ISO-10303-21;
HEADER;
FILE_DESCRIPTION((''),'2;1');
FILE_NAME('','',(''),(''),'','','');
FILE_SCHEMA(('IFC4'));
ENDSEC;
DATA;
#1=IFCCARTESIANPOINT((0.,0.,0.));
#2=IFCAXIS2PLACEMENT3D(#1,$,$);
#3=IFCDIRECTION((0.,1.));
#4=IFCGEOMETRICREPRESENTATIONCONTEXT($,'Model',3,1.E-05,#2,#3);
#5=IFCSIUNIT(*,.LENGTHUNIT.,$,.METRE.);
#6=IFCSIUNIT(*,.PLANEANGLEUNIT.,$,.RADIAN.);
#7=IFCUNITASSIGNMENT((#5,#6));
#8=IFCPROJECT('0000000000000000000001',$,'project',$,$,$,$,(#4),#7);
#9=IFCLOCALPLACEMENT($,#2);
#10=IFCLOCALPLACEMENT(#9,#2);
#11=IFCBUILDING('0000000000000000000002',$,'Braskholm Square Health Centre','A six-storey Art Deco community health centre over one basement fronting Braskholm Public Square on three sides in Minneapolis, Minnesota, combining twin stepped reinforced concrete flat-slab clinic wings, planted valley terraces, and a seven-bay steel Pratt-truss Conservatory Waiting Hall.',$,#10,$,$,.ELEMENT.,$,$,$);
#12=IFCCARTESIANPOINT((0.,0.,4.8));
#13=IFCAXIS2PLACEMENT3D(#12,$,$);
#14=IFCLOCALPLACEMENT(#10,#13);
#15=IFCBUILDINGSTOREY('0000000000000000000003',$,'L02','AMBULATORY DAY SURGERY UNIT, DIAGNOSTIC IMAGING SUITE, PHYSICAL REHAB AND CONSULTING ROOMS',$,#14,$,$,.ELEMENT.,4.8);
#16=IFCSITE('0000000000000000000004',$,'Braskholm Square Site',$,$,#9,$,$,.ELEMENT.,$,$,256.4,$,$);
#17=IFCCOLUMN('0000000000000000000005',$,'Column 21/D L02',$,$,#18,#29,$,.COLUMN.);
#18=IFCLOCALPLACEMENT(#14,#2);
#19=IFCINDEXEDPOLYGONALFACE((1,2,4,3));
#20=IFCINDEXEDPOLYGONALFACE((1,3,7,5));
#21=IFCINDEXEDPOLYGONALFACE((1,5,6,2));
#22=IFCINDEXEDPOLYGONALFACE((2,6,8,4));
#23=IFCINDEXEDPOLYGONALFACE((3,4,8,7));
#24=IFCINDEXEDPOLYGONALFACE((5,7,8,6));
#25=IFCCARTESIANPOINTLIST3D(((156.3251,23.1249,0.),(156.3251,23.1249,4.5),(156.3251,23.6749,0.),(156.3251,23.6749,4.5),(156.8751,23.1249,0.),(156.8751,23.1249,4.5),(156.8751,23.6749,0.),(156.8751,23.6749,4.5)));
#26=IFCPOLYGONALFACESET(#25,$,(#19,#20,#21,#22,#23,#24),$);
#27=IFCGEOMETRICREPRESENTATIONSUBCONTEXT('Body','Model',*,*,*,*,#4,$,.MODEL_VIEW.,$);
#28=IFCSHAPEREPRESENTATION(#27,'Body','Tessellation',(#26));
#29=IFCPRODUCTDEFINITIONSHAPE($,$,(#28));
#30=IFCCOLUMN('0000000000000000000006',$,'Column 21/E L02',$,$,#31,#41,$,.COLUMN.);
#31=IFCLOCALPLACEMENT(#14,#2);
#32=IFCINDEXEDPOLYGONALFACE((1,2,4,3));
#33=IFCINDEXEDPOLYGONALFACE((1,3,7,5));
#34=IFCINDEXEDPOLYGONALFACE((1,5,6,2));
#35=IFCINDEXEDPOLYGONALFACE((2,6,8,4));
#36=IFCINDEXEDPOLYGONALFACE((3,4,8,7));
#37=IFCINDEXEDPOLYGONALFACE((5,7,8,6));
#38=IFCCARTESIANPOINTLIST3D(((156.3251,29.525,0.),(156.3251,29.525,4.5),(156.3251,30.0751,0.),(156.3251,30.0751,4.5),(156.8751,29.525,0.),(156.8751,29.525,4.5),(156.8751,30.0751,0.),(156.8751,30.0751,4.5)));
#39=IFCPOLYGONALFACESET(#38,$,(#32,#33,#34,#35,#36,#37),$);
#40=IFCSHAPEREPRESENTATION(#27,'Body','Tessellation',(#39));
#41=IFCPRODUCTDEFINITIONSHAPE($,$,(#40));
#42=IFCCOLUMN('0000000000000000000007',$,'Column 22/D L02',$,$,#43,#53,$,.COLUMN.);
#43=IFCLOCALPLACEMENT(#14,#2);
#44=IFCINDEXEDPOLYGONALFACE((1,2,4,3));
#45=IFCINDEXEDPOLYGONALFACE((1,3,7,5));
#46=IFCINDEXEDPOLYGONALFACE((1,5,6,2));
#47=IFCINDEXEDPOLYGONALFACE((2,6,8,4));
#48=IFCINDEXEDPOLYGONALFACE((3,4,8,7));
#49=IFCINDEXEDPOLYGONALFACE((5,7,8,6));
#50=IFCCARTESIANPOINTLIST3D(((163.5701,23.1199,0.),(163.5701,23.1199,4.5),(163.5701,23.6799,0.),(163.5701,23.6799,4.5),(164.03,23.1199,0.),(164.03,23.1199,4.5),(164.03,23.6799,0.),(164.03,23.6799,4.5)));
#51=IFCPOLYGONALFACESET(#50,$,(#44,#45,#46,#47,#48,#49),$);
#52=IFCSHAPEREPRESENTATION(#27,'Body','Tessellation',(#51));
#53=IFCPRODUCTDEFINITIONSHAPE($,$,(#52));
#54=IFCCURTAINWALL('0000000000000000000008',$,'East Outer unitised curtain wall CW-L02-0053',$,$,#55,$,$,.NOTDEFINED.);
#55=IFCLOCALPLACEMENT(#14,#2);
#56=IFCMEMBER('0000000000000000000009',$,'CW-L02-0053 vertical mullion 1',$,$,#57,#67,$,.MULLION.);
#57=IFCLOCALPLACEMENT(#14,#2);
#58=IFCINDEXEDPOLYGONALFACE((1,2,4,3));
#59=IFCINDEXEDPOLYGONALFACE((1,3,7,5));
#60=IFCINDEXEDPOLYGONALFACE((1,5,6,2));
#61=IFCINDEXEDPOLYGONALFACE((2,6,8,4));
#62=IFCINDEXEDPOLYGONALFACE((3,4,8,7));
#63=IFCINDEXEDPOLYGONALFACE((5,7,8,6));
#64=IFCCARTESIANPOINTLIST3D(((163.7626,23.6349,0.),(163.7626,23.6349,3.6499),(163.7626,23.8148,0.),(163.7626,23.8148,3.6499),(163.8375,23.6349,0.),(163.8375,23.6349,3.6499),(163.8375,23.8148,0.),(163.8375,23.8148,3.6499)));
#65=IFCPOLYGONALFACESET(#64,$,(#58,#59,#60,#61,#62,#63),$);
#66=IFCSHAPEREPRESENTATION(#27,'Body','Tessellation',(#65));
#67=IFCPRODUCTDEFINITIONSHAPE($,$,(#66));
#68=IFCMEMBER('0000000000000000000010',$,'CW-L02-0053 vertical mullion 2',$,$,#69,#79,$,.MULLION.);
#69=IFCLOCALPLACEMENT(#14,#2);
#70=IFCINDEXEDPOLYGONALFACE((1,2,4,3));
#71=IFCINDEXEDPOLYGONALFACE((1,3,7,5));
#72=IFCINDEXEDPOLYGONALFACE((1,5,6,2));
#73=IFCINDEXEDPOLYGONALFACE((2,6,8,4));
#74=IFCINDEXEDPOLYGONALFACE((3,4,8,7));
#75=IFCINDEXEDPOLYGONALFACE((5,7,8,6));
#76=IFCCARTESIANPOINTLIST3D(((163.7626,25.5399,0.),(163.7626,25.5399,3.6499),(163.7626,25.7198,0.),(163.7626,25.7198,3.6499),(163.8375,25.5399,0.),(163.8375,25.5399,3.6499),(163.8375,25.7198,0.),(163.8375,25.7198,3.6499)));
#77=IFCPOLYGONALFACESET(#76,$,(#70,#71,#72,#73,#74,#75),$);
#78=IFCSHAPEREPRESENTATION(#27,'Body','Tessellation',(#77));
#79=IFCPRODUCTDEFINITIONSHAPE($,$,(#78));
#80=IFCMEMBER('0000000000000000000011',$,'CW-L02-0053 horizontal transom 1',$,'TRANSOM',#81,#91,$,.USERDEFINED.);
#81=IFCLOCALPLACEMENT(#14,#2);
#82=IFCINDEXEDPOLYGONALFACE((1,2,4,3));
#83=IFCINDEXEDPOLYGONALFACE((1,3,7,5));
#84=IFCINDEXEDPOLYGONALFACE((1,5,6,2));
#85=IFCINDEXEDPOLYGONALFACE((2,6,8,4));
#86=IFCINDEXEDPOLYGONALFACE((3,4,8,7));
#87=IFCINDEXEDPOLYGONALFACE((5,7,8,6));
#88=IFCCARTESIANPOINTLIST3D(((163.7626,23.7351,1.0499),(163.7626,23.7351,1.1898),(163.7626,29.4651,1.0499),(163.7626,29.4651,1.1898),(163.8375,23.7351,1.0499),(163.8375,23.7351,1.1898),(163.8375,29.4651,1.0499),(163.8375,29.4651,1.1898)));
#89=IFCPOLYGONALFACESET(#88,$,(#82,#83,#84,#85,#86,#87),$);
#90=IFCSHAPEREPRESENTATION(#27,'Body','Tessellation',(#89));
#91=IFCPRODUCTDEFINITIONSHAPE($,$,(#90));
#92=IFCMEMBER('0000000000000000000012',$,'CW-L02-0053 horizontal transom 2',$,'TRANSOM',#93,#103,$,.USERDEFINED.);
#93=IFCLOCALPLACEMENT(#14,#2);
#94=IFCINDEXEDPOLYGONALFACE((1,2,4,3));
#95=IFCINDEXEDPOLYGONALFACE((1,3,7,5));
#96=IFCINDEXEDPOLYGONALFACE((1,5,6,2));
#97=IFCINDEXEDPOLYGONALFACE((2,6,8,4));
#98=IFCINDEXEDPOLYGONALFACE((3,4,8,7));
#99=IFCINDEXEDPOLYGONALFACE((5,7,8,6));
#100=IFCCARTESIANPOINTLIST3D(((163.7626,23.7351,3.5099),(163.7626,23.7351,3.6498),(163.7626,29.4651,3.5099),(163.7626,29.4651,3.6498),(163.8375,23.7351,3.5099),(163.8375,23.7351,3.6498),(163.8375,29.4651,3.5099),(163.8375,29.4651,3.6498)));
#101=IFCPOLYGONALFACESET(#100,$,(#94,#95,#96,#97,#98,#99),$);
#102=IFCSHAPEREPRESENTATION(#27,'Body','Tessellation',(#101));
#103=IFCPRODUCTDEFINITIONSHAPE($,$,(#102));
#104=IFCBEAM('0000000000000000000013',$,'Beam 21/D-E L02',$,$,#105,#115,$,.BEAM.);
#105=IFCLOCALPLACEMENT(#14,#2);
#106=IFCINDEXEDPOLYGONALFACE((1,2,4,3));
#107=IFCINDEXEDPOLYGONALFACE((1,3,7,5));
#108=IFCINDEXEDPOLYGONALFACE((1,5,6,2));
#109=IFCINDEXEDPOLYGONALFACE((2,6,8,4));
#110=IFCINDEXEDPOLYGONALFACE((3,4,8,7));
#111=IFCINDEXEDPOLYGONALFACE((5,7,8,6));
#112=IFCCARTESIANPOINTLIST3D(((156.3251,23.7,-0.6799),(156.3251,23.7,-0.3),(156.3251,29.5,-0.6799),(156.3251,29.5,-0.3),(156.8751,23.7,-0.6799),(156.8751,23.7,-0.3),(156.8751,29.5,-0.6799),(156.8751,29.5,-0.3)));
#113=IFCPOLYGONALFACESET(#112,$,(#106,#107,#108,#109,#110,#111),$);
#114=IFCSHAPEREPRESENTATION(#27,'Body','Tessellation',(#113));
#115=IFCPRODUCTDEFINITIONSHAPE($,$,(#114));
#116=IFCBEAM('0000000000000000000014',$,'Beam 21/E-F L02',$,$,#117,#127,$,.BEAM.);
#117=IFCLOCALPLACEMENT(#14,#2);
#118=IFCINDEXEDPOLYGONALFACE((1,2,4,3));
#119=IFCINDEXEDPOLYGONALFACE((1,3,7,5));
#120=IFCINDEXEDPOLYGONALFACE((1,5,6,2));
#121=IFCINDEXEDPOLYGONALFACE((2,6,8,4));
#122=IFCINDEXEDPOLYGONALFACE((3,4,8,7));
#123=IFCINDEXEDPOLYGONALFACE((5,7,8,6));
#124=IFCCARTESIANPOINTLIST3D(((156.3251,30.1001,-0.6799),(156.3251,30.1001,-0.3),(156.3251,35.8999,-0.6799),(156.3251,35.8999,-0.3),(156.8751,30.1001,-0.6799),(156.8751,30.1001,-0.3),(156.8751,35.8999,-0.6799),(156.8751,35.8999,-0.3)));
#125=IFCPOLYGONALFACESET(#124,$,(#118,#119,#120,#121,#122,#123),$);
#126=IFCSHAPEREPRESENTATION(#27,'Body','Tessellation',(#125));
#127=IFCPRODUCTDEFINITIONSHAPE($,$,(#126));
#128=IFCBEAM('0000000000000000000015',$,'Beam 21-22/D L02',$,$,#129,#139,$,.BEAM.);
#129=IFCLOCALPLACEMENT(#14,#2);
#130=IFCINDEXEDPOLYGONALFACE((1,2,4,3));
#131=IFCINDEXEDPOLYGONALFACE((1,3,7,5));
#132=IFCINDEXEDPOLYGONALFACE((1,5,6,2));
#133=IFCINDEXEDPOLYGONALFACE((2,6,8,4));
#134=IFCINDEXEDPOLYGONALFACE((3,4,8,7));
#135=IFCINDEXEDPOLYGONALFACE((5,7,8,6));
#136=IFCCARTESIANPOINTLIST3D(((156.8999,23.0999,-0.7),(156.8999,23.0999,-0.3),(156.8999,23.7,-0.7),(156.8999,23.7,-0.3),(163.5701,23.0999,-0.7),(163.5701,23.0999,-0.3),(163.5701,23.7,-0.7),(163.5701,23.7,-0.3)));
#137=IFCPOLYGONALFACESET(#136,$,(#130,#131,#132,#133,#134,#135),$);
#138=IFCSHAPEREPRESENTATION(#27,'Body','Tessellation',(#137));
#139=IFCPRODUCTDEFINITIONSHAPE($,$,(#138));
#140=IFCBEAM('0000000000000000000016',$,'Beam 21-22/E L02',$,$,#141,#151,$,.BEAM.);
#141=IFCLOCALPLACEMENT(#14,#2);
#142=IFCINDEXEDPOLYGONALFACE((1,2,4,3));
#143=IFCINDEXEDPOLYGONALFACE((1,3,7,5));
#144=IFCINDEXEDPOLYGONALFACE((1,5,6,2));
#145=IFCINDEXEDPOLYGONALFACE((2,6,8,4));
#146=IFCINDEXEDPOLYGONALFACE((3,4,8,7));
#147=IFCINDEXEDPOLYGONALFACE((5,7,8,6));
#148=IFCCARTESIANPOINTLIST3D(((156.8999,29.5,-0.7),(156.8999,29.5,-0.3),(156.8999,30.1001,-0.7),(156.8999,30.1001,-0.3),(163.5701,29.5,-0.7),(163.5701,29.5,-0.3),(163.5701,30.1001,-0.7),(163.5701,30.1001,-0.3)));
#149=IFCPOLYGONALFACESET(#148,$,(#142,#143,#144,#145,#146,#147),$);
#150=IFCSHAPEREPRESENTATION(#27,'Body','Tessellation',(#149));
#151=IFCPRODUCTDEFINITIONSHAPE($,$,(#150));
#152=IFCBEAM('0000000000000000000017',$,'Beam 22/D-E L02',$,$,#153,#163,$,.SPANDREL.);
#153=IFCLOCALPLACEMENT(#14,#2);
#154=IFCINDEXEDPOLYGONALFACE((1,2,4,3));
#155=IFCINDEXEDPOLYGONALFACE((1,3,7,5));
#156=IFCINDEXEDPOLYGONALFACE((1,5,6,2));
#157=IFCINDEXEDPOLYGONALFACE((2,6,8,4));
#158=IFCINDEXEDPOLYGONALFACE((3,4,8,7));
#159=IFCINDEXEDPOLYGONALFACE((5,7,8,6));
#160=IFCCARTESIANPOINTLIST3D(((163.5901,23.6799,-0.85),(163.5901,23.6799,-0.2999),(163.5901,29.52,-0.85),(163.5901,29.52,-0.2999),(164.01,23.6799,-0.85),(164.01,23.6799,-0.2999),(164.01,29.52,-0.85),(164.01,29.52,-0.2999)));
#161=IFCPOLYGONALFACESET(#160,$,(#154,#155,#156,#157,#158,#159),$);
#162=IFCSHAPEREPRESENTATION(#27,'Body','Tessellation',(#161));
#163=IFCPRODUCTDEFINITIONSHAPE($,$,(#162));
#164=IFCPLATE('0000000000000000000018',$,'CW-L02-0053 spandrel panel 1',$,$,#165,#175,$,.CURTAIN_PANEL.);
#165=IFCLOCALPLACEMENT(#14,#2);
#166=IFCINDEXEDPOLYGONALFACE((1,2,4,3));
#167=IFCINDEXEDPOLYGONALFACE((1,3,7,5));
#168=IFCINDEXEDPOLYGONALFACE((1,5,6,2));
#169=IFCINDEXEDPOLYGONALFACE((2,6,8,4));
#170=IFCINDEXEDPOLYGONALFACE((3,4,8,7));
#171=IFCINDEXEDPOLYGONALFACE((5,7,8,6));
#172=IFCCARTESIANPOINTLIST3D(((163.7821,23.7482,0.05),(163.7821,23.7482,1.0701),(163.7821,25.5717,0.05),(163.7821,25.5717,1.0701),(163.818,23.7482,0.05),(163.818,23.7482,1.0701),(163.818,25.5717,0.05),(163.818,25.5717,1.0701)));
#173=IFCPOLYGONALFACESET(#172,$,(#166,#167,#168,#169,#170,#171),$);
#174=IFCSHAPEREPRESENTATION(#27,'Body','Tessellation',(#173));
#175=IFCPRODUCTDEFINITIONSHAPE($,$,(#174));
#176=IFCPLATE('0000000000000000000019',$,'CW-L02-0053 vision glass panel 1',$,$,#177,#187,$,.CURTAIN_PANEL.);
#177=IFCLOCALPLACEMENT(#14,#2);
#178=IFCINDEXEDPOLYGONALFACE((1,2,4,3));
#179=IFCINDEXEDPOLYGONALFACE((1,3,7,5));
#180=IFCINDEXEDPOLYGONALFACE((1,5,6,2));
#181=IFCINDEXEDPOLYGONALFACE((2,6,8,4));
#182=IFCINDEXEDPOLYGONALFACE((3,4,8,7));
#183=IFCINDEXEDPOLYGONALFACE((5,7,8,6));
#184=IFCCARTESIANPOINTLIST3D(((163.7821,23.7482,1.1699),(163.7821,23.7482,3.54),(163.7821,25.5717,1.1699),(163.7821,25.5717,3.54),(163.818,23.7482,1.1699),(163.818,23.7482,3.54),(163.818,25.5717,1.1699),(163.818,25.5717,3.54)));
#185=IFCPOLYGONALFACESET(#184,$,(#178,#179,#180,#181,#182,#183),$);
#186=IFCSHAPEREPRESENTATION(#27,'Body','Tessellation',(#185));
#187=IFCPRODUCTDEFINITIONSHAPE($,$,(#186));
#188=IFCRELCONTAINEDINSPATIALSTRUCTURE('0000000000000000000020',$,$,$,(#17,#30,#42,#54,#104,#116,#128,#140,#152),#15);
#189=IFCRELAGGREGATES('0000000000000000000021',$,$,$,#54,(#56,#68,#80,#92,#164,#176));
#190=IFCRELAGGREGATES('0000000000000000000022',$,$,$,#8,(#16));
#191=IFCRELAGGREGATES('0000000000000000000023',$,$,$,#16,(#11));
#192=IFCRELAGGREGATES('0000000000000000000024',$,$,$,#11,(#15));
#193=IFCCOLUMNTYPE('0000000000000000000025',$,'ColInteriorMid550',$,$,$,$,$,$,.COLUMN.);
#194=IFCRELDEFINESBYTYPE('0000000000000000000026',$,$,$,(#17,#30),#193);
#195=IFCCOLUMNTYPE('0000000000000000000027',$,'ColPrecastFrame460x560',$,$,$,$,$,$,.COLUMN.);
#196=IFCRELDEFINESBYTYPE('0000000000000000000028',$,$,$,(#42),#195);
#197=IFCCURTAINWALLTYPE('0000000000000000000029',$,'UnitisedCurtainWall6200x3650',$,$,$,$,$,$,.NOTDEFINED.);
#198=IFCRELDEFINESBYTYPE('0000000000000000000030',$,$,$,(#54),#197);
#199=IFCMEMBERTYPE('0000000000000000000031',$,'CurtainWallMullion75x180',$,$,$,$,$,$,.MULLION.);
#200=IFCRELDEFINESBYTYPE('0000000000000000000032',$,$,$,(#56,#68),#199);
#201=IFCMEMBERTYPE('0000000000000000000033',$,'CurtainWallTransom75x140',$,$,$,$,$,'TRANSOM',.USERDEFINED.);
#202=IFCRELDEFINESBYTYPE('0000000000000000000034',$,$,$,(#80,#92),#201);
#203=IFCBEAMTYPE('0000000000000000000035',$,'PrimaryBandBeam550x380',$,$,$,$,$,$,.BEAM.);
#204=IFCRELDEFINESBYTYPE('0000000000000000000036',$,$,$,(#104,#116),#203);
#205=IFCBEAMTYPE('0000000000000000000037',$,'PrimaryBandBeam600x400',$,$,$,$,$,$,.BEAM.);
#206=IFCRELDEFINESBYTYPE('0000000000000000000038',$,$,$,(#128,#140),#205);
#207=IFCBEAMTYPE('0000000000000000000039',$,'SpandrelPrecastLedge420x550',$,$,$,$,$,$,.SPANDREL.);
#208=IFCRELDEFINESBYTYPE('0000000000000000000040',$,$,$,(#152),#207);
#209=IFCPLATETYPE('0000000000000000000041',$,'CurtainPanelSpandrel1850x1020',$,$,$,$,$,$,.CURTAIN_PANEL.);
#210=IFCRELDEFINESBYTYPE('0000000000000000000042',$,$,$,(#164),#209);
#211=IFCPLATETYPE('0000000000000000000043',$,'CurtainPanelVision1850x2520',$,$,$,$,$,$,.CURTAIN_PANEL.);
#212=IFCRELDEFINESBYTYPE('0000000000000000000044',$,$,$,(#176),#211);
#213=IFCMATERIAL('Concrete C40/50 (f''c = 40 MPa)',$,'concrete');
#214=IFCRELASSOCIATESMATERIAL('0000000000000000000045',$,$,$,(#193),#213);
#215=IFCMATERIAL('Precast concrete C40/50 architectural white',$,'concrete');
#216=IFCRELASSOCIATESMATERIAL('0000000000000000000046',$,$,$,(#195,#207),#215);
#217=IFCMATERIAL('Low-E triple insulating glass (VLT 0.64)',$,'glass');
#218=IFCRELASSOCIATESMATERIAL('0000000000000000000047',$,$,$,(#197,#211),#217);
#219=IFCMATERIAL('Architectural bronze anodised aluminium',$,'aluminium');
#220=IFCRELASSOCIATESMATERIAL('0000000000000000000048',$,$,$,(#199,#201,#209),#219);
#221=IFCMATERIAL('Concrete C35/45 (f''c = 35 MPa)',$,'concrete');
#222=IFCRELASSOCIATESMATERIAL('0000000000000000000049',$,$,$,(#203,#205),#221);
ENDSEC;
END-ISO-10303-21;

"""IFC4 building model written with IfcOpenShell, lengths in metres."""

from ifc_helpers import new_model, si_unit, direction, frame, origin, origin_2d, place, context, subcontext, project, spatial, rectangle, extrude, material, material_profile, profile_set, type_object, element, aggregate, save


model = new_model("IFC4")

# Units and contexts
model_context = context("Model", 3, precision=1e-05, world=origin(), true_north=direction((0.0, 1.0)))
body_context = subcontext(model_context, "Body", "Model", "MODEL_VIEW")
ifc_project = project(units=[si_unit("LENGTHUNIT", "METRE"), si_unit("PLANEANGLEUNIT", "RADIAN")], contexts=[model_context])

# Site, building, storey
site_placement = place(None, origin())
site = spatial("IfcSite", under=ifc_project, at=site_placement, Name="Braskholm Square Site", CompositionType="ELEMENT", RefElevation=256.4)
building_placement = place(site_placement, origin())
building = spatial("IfcBuilding", under=site, at=building_placement, Name="Braskholm Square Health Centre", Description="A six-storey Art Deco community health centre over one basement fronting Braskholm Public Square on three sides in Minneapolis, Minnesota, combining twin stepped reinforced concrete flat-slab clinic wings, planted valley terraces, and a seven-bay steel Pratt-truss Conservatory Waiting Hall.", CompositionType="ELEMENT")
storey_placement = place(building_placement, frame((0.0, 0.0, 4.8)))
storey = spatial("IfcBuildingStorey", under=building, at=storey_placement, Name="L02", Description="AMBULATORY DAY SURGERY UNIT, DIAGNOSTIC IMAGING SUITE, PHYSICAL REHAB AND CONSULTING ROOMS", CompositionType="ELEMENT", Elevation=4.8)

# Columns
ifc_material_1 = material(Name="Concrete C40/50 (f'c = 40 MPa)", Category="concrete")
ifc_material_profile_1 = material_profile(ifc_material_1, rectangle(XDim=0.55, YDim=0.55, at=origin_2d()), Name="RC-550X550")
ifc_profile_set_1 = profile_set([ifc_material_profile_1], Name="Concrete C40/50 (f'c = 40 MPa)")
column_type_1 = type_object("IfcColumnType", Name="ColInteriorMid550", PredefinedType="COLUMN", material=ifc_profile_set_1)
for number, where, z_axis, x_axis, name in (
    (1, (156.6001, 23.3999, 0.0), (0.0, 0.0, 1.0), (1.0, 0.0, 0.0), "Column 21/D L02"),
    (2, (156.6001, 29.8, 0.0), (0.0, 0.0, 1.0), (1.0, 0.0, 0.0), "Column 21/E L02"),
):
    element("IfcColumn", number, at=place(storey_placement, frame(where, z_axis=z_axis, x_axis=x_axis)), inside=storey, type_object=column_type_1, Name=name, PredefinedType="COLUMN", context=body_context, shape_type="SweptSolid", body=[
        extrude(rectangle(XDim=0.55, YDim=0.55, at=origin_2d()), origin(), (0.0, 0.0, 1.0), 4.5),
    ])
ifc_material_2 = material(Name="Precast concrete C40/50 architectural white", Category="concrete")
ifc_material_profile_2 = material_profile(ifc_material_2, rectangle(XDim=0.46, YDim=0.5601, at=origin_2d()), Name="RC-460X560")
ifc_profile_set_2 = profile_set([ifc_material_profile_2], Name="Precast concrete C40/50 architectural white")
column_type_2 = type_object("IfcColumnType", Name="ColPrecastFrame460x560", PredefinedType="COLUMN", material=ifc_profile_set_2)
column_placement = place(storey_placement, frame((163.8, 23.3999, 0.0), z_axis=(0.0, 0.0, 1.0), x_axis=(1.0, 0.0, 0.0)))
element("IfcColumn", 3, at=column_placement, inside=storey, type_object=column_type_2, Name="Column 22/D L02", PredefinedType="COLUMN", context=body_context, shape_type="SweptSolid", body=[
    extrude(rectangle(XDim=0.46, YDim=0.5601, at=origin_2d()), origin(), (0.0, 0.0, 1.0), 4.5),
])

# Curtain wall, members
ifc_material_3 = material(Name="Low-E triple insulating glass (VLT 0.64)", Category="glass")
curtain_wall_type = type_object("IfcCurtainWallType", Name="UnitisedCurtainWall6200x3650", PredefinedType="NOTDEFINED", material=ifc_material_3)
curtain_wall_placement = place(storey_placement, origin())
curtain_wall = element("IfcCurtainWall", 4, at=curtain_wall_placement, inside=storey, type_object=curtain_wall_type, Name="East Outer unitised curtain wall CW-L02-0053", PredefinedType="NOTDEFINED")
ifc_material_4 = material(Name="Architectural bronze anodised aluminium", Category="aluminium")
ifc_material_profile_3 = material_profile(ifc_material_4, rectangle(XDim=0.075, YDim=0.1799, at=origin_2d()), Name="ALU-75X180")
ifc_profile_set_3 = profile_set([ifc_material_profile_3], Name="Architectural bronze anodised aluminium")
member_type_1 = type_object("IfcMemberType", Name="CurtainWallMullion75x180", PredefinedType="MULLION", material=ifc_profile_set_3)
member_1_placement = place(storey_placement, frame((163.8, 23.7249, 0.0), z_axis=(0.0, 0.0, 1.0), x_axis=(1.0, 0.0, 0.0)))
member_1 = element("IfcMember", 5, at=member_1_placement, type_object=member_type_1, Name="CW-L02-0053 vertical mullion 1", PredefinedType="MULLION", context=body_context, shape_type="SweptSolid", body=[
    extrude(rectangle(XDim=0.075, YDim=0.1799, at=origin_2d()), origin(), (0.0, 0.0, 1.0), 3.6499),
])
member_2_placement = place(storey_placement, frame((163.8, 25.6299, 0.0), z_axis=(0.0, 0.0, 1.0), x_axis=(1.0, 0.0, 0.0)))
member_2 = element("IfcMember", 6, at=member_2_placement, type_object=member_type_1, Name="CW-L02-0053 vertical mullion 2", PredefinedType="MULLION", context=body_context, shape_type="SweptSolid", body=[
    extrude(rectangle(XDim=0.075, YDim=0.1799, at=origin_2d()), origin(), (0.0, 0.0, 1.0), 3.6499),
])
ifc_material_profile_4 = material_profile(ifc_material_4, rectangle(XDim=0.075, YDim=0.1399, at=origin_2d()), Name="ALU-75X140")
ifc_profile_set_4 = profile_set([ifc_material_profile_4], Name="Architectural bronze anodised aluminium")
member_type_2 = type_object("IfcMemberType", Name="CurtainWallTransom75x140", ElementType="TRANSOM", PredefinedType="USERDEFINED", material=ifc_profile_set_4)
member_3_placement = place(storey_placement, frame((163.8, 23.7351, 1.1199), z_axis=(0.0, 1.0, 0.0), x_axis=(-1.0, 0.0, 0.0)))
member_3 = element("IfcMember", 7, at=member_3_placement, type_object=member_type_2, Name="CW-L02-0053 horizontal transom 1", ObjectType="TRANSOM", PredefinedType="USERDEFINED", context=body_context, shape_type="SweptSolid", body=[
    extrude(rectangle(XDim=0.075, YDim=0.1399, at=origin_2d()), origin(), (0.0, 0.0, 1.0), 5.73),
])
member_4_placement = place(storey_placement, frame((163.8, 23.7351, 3.5798), z_axis=(0.0, 1.0, 0.0), x_axis=(-1.0, 0.0, 0.0)))
member_4 = element("IfcMember", 8, at=member_4_placement, type_object=member_type_2, Name="CW-L02-0053 horizontal transom 2", ObjectType="TRANSOM", PredefinedType="USERDEFINED", context=body_context, shape_type="SweptSolid", body=[
    extrude(rectangle(XDim=0.075, YDim=0.1399, at=origin_2d()), origin(), (0.0, 0.0, 1.0), 5.73),
])

# Beams
ifc_material_5 = material(Name="Concrete C35/45 (f'c = 35 MPa)", Category="concrete")
ifc_material_profile_5 = material_profile(ifc_material_5, rectangle(XDim=0.55, YDim=0.3799, at=origin_2d()), Name="RCB-550X380")
ifc_profile_set_5 = profile_set([ifc_material_profile_5], Name="Concrete C35/45 (f'c = 35 MPa)")
beam_type_1 = type_object("IfcBeamType", Name="PrimaryBandBeam550x380", PredefinedType="BEAM", material=ifc_profile_set_5)
beam_1_placement = place(storey_placement, frame((156.6001, 23.7, -0.49), z_axis=(0.0, 1.0, 0.0), x_axis=(-1.0, 0.0, 0.0)))
element("IfcBeam", 9, at=beam_1_placement, inside=storey, type_object=beam_type_1, Name="Beam 21/D-E L02", PredefinedType="BEAM", context=body_context, shape_type="SweptSolid", body=[
    extrude(rectangle(XDim=0.55, YDim=0.3799, at=origin_2d()), origin(), (0.0, 0.0, 1.0), 5.8),
])
beam_2_placement = place(storey_placement, frame((156.6001, 30.1001, -0.49), z_axis=(0.0, 1.0, 0.0), x_axis=(-1.0, 0.0, 0.0)))
element("IfcBeam", 10, at=beam_2_placement, inside=storey, type_object=beam_type_1, Name="Beam 21/E-F L02", PredefinedType="BEAM", context=body_context, shape_type="SweptSolid", body=[
    extrude(rectangle(XDim=0.55, YDim=0.3799, at=origin_2d()), origin(), (0.0, 0.0, 1.0), 5.7998),
])
ifc_material_profile_6 = material_profile(ifc_material_5, rectangle(XDim=0.6001, YDim=0.3999, at=origin_2d()), Name="RCB-600X400")
ifc_profile_set_6 = profile_set([ifc_material_profile_6], Name="Concrete C35/45 (f'c = 35 MPa)")
beam_type_2 = type_object("IfcBeamType", Name="PrimaryBandBeam600x400", PredefinedType="BEAM", material=ifc_profile_set_6)
for number, where, z_axis, x_axis, name in (
    (11, (156.8999, 23.3999, -0.5), (1.0, 0.0, 0.0), (0.0, 1.0, 0.0), "Beam 21-22/D L02"),
    (12, (156.8999, 29.8, -0.5), (1.0, 0.0, 0.0), (0.0, 1.0, 0.0), "Beam 21-22/E L02"),
):
    element("IfcBeam", number, at=place(storey_placement, frame(where, z_axis=z_axis, x_axis=x_axis)), inside=storey, type_object=beam_type_2, Name=name, PredefinedType="BEAM", context=body_context, shape_type="SweptSolid", body=[
        extrude(rectangle(XDim=0.6001, YDim=0.3999, at=origin_2d()), origin(), (0.0, 0.0, 1.0), 6.6702),
    ])
ifc_material_profile_7 = material_profile(ifc_material_2, rectangle(XDim=0.4199, YDim=0.55, at=origin_2d()), Name="RCB-420X550")
ifc_profile_set_7 = profile_set([ifc_material_profile_7], Name="Precast concrete C40/50 architectural white")
beam_type_3 = type_object("IfcBeamType", Name="SpandrelPrecastLedge420x550", PredefinedType="SPANDREL", material=ifc_profile_set_7)
beam_3_placement = place(storey_placement, frame((163.8, 23.6799, -0.575), z_axis=(0.0, 1.0, 0.0), x_axis=(-1.0, 0.0, 0.0)))
element("IfcBeam", 13, at=beam_3_placement, inside=storey, type_object=beam_type_3, Name="Beam 22/D-E L02", PredefinedType="SPANDREL", context=body_context, shape_type="SweptSolid", body=[
    extrude(rectangle(XDim=0.4199, YDim=0.55, at=origin_2d()), origin(), (0.0, 0.0, 1.0), 5.8401),
])

# Plates
plate_type_1 = type_object("IfcPlateType", Name="CurtainPanelSpandrel1850x1020", PredefinedType="CURTAIN_PANEL", material=ifc_material_4)
plate_1_placement = place(storey_placement, frame((163.8, 24.6599, 0.05), z_axis=(0.0, 0.0, 1.0), x_axis=(0.0, 1.0, 0.0)))
plate_1 = element("IfcPlate", 14, at=plate_1_placement, type_object=plate_type_1, Name="CW-L02-0053 spandrel panel 1", PredefinedType="CURTAIN_PANEL", context=body_context, shape_type="SweptSolid", body=[
    extrude(rectangle(XDim=1.8235, YDim=0.0359, at=origin_2d()), origin(), (0.0, 0.0, 1.0), 1.02),
])
plate_type_2 = type_object("IfcPlateType", Name="CurtainPanelVision1850x2520", PredefinedType="CURTAIN_PANEL", material=ifc_material_3)
plate_2_placement = place(storey_placement, frame((163.8, 24.6599, 1.1699), z_axis=(0.0, 0.0, 1.0), x_axis=(0.0, 1.0, 0.0)))
plate_2 = element("IfcPlate", 15, at=plate_2_placement, type_object=plate_type_2, Name="CW-L02-0053 vision glass panel 1", PredefinedType="CURTAIN_PANEL", context=body_context, shape_type="SweptSolid", body=[
    extrude(rectangle(XDim=1.8235, YDim=0.0359, at=origin_2d()), origin(), (0.0, 0.0, 1.0), 2.3701),
])
aggregate(curtain_wall, [member_1, member_2, member_3, member_4, plate_1, plate_2])

save(model, "model.ifc")
